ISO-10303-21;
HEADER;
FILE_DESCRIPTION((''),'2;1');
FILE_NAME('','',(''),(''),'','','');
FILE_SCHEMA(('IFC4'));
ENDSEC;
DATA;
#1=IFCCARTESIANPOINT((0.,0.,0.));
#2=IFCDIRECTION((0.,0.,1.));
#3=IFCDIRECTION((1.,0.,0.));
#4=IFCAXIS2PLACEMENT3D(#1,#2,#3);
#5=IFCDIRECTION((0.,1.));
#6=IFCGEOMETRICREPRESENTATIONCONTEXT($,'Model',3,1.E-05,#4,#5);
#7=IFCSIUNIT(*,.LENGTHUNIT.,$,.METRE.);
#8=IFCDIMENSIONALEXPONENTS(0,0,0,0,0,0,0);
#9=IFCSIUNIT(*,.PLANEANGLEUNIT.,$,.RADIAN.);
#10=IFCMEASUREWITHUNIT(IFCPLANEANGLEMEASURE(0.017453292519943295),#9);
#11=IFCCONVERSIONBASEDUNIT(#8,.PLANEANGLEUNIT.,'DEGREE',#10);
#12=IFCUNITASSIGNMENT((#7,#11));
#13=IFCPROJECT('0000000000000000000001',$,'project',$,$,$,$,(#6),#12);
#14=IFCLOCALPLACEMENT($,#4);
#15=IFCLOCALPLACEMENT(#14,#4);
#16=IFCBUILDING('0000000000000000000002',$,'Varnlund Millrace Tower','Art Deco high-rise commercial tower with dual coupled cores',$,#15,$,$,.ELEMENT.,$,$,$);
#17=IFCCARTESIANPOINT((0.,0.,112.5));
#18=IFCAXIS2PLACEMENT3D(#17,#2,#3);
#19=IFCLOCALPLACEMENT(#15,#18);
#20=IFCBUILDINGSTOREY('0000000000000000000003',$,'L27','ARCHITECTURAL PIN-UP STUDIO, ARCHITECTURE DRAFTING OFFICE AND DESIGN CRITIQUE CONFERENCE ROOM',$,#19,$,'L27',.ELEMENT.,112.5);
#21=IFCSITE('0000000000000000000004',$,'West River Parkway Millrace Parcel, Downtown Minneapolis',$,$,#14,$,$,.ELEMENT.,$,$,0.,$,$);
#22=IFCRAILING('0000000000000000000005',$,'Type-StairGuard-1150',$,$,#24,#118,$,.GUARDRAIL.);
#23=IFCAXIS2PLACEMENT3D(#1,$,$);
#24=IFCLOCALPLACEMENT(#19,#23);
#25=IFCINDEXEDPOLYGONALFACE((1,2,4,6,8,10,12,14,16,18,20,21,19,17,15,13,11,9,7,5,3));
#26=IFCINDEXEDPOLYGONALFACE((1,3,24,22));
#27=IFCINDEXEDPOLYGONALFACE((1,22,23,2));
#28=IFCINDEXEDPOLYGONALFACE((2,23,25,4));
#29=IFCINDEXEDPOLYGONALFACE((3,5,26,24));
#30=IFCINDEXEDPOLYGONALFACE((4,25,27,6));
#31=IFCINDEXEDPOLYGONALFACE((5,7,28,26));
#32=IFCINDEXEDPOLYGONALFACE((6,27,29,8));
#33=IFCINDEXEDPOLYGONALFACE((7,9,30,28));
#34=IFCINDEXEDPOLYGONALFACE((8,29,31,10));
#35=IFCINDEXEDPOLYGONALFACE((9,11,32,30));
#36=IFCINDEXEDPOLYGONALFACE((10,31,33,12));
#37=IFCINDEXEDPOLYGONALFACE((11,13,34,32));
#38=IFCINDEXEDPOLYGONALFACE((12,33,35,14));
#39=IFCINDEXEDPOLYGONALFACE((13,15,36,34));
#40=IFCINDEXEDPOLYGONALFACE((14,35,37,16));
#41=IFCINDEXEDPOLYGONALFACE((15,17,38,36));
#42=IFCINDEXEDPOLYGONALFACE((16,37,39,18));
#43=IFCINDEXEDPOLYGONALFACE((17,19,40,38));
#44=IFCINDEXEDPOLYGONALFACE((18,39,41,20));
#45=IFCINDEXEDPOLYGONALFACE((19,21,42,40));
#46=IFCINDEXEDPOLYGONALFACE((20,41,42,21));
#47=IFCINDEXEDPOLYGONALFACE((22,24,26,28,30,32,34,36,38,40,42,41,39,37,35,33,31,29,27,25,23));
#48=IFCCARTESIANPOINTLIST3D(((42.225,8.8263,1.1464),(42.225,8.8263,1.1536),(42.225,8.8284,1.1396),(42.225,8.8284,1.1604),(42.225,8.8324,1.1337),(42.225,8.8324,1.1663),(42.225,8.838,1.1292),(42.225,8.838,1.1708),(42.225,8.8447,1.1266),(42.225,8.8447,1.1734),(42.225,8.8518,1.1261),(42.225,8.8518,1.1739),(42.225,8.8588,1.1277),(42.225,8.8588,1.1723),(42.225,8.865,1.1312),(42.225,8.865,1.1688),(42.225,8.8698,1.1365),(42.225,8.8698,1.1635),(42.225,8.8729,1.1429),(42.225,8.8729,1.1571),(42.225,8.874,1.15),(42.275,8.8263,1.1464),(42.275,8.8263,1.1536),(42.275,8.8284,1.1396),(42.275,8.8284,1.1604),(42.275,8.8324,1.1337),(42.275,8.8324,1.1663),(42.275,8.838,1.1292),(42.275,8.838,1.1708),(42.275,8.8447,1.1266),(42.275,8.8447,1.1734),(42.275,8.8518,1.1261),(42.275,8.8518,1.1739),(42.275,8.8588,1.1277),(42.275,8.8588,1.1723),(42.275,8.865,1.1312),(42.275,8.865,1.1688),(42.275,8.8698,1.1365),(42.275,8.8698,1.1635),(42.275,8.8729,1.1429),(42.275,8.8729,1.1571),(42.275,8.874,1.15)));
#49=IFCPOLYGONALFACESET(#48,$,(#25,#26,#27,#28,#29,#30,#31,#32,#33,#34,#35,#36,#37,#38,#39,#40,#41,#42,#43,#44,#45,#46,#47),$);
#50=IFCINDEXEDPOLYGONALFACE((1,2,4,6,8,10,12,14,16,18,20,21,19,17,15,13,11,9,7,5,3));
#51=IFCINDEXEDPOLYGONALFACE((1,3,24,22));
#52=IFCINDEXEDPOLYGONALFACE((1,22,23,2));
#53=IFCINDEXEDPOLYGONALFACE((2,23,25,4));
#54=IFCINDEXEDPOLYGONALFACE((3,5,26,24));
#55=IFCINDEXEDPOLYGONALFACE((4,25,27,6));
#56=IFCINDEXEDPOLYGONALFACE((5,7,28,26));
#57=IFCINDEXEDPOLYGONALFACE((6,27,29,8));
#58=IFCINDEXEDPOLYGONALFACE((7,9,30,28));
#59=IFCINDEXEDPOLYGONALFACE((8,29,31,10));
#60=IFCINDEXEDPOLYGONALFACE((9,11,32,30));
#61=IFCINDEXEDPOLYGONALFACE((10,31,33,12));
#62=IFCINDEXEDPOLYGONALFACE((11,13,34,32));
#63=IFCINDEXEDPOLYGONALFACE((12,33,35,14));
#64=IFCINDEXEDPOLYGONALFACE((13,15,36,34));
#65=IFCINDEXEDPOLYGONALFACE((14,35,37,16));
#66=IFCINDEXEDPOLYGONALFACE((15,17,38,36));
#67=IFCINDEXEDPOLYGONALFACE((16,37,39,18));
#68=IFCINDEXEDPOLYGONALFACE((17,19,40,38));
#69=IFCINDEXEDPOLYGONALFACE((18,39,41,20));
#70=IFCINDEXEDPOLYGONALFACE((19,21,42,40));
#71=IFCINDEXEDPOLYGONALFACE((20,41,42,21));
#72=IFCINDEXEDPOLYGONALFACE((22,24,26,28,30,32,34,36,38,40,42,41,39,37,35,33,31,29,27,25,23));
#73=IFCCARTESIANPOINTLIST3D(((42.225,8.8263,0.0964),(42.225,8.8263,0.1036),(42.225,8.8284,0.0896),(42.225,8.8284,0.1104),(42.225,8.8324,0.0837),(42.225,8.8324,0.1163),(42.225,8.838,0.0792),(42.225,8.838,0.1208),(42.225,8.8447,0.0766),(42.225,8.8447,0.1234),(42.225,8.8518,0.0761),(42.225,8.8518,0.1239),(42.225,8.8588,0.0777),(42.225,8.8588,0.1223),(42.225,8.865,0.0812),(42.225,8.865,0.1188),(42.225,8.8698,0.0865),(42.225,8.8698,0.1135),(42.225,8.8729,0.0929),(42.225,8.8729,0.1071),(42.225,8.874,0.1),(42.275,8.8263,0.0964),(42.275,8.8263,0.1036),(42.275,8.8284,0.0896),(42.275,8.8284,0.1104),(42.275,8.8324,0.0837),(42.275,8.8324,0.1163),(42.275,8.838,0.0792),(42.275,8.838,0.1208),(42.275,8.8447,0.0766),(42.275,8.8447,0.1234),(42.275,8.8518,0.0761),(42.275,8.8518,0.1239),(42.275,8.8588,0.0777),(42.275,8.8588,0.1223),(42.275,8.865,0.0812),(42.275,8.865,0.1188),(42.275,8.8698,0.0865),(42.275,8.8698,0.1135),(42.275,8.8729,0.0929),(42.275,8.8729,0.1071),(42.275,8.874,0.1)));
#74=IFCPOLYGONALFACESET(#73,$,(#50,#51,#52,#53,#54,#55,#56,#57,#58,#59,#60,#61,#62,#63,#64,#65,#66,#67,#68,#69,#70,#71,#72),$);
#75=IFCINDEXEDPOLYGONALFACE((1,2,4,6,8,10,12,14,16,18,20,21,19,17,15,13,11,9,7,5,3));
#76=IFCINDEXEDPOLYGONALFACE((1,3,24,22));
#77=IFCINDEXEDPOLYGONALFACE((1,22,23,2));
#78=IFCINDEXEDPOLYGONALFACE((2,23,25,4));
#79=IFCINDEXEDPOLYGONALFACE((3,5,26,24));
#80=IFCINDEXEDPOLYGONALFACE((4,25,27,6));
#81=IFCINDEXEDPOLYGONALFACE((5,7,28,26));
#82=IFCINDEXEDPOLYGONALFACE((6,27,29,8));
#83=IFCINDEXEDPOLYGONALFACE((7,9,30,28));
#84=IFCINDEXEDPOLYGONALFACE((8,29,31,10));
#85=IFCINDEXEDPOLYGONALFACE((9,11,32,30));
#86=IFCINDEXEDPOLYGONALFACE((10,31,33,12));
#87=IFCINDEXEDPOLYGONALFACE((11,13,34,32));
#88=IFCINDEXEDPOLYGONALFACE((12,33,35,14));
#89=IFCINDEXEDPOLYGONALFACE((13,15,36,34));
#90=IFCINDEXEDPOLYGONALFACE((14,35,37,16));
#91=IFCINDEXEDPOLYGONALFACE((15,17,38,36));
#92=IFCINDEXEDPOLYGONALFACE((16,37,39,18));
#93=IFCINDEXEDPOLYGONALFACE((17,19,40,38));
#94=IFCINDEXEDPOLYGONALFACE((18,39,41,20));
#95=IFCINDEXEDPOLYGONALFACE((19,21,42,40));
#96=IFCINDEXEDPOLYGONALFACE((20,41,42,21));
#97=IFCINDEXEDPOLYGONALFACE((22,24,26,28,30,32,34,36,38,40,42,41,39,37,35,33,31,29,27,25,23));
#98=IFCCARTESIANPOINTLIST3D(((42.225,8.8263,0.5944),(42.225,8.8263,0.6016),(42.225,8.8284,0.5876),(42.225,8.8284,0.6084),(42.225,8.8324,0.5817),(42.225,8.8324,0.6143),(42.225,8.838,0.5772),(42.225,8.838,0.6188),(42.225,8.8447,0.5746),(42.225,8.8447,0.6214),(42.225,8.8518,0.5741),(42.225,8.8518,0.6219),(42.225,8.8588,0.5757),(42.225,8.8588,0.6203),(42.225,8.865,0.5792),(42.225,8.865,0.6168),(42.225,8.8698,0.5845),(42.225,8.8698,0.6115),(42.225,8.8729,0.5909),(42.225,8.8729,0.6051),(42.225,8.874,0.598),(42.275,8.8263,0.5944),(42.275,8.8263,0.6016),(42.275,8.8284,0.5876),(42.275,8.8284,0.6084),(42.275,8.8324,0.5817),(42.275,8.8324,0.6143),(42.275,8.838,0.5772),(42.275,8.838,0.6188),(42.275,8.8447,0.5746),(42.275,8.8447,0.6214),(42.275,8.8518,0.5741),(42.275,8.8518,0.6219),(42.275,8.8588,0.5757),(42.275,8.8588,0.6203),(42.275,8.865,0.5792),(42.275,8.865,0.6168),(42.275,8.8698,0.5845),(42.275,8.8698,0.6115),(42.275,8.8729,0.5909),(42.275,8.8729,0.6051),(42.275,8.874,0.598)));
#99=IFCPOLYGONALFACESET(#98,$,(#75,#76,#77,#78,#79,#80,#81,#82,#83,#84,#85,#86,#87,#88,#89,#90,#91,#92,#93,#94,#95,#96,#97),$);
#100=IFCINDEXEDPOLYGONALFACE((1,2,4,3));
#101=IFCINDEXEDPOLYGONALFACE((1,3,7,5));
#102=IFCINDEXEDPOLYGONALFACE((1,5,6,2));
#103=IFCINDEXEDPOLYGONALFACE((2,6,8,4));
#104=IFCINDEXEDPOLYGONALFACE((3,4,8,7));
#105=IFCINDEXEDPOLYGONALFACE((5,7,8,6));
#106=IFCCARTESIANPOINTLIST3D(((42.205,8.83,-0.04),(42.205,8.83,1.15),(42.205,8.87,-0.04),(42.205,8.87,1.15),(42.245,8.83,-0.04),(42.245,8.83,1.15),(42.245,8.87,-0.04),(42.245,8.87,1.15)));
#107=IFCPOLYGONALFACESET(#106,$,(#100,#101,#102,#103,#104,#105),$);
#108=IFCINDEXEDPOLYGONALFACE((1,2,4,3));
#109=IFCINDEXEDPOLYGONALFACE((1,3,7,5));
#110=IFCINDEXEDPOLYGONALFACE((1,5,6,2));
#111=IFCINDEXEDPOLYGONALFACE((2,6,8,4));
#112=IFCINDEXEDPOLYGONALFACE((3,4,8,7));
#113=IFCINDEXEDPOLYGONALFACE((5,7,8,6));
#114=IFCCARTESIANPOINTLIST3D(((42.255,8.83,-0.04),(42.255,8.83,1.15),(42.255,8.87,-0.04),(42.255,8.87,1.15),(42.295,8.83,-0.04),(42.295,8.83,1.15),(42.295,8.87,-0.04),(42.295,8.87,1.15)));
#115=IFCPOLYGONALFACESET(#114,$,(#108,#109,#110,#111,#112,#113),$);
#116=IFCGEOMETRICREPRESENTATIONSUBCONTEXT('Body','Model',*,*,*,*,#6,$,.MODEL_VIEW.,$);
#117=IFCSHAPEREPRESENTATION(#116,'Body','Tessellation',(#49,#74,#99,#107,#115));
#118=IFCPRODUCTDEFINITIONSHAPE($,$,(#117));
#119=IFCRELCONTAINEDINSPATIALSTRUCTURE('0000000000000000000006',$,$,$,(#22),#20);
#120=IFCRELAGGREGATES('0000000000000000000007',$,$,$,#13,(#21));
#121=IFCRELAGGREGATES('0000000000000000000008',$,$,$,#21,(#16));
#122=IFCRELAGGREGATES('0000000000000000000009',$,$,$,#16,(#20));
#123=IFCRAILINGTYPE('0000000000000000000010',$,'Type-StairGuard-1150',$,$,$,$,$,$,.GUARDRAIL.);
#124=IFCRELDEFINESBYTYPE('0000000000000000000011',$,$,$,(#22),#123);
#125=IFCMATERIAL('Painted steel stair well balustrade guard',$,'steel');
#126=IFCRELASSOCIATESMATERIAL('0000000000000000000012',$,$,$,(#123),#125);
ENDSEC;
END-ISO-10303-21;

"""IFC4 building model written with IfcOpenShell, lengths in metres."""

from ifc_helpers import new_model, entity, si_unit, converted_unit, direction, frame, origin_with_axes, origin_2d_with_axis, place, context, subcontext, project, spatial, rectangle, circle, extrude, material, type_object, element, save


model = new_model("IFC4")

# Units and contexts
model_context = context("Model", 3, precision=1e-05, world=origin_with_axes(), true_north=direction((0.0, 1.0)))
body_context = subcontext(model_context, "Body", "Model", "MODEL_VIEW")
ifc_project = project(units=[si_unit("LENGTHUNIT", "METRE"), converted_unit("PLANEANGLEUNIT", "DEGREE", entity("IfcPlaneAngleMeasure", 0.017453292519943295), si_unit("PLANEANGLEUNIT", "RADIAN"), dimensions=[0, 0, 0, 0, 0, 0, 0])], contexts=[model_context])

# Site, building, storey
site_placement = place(None, origin_with_axes())
site = spatial("IfcSite", under=ifc_project, at=site_placement, Name="West River Parkway Millrace Parcel, Downtown Minneapolis", CompositionType="ELEMENT", RefElevation=0.0)
building_placement = place(site_placement, origin_with_axes())
building = spatial("IfcBuilding", under=site, at=building_placement, Name="Varnlund Millrace Tower", Description="Art Deco high-rise commercial tower with dual coupled cores", CompositionType="ELEMENT")
storey_placement = place(building_placement, frame((0.0, 0.0, 112.5), z_axis=(0.0, 0.0, 1.0), x_axis=(1.0, 0.0, 0.0)))
storey = spatial("IfcBuildingStorey", under=building, at=storey_placement, Name="L27", Description="ARCHITECTURAL PIN-UP STUDIO, ARCHITECTURE DRAFTING OFFICE AND DESIGN CRITIQUE CONFERENCE ROOM", LongName="L27", CompositionType="ELEMENT", Elevation=112.5)

# Railing
ifc_material_1 = material(Name="Painted steel stair well balustrade guard", Category="steel")
railing_type_1 = type_object("IfcRailingType", Name="Type-StairGuard-1150", PredefinedType="GUARDRAIL", material=ifc_material_1)
railing_1_placement = place(storey_placement, frame((0.0, 0.0, -112.5), z_axis=(0.0, 0.0, 1.0), x_axis=(1.0, 0.0, 0.0)))
element("IfcRailing", 1, at=railing_1_placement, inside=storey, type_object=railing_type_1, Name="Type-StairGuard-1150", PredefinedType="GUARDRAIL", context=body_context, shape_type="SweptSolid", body=[
    extrude(circle(Radius=0.024, at=origin_2d_with_axis()), frame((42.225, 8.85, 113.65), z_axis=(1.0, 0.0, 0.0), x_axis=(0.0, 1.0, 0.0)), (0.0, 0.0, 1.0), 0.05),
    extrude(circle(Radius=0.024, at=origin_2d_with_axis()), frame((42.225, 8.85, 112.6), z_axis=(1.0, 0.0, 0.0), x_axis=(0.0, 1.0, 0.0)), (0.0, 0.0, 1.0), 0.05),
    extrude(circle(Radius=0.024, at=origin_2d_with_axis()), frame((42.225, 8.85, 113.098), z_axis=(1.0, 0.0, 0.0), x_axis=(0.0, 1.0, 0.0)), (0.0, 0.0, 1.0), 0.05),
    extrude(rectangle(XDim=0.04, YDim=0.04, at=origin_2d_with_axis()), frame((42.225, 8.85, 112.46), z_axis=(0.0, 0.0, 1.0), x_axis=(1.0, 0.0, 0.0)), (0.0, 0.0, 1.0), 1.19),
    extrude(rectangle(XDim=0.04, YDim=0.04, at=origin_2d_with_axis()), frame((42.275, 8.85, 112.46), z_axis=(0.0, 0.0, 1.0), x_axis=(1.0, 0.0, 0.0)), (0.0, 0.0, 1.0), 1.19),
])

save(model, "model.ifc")
